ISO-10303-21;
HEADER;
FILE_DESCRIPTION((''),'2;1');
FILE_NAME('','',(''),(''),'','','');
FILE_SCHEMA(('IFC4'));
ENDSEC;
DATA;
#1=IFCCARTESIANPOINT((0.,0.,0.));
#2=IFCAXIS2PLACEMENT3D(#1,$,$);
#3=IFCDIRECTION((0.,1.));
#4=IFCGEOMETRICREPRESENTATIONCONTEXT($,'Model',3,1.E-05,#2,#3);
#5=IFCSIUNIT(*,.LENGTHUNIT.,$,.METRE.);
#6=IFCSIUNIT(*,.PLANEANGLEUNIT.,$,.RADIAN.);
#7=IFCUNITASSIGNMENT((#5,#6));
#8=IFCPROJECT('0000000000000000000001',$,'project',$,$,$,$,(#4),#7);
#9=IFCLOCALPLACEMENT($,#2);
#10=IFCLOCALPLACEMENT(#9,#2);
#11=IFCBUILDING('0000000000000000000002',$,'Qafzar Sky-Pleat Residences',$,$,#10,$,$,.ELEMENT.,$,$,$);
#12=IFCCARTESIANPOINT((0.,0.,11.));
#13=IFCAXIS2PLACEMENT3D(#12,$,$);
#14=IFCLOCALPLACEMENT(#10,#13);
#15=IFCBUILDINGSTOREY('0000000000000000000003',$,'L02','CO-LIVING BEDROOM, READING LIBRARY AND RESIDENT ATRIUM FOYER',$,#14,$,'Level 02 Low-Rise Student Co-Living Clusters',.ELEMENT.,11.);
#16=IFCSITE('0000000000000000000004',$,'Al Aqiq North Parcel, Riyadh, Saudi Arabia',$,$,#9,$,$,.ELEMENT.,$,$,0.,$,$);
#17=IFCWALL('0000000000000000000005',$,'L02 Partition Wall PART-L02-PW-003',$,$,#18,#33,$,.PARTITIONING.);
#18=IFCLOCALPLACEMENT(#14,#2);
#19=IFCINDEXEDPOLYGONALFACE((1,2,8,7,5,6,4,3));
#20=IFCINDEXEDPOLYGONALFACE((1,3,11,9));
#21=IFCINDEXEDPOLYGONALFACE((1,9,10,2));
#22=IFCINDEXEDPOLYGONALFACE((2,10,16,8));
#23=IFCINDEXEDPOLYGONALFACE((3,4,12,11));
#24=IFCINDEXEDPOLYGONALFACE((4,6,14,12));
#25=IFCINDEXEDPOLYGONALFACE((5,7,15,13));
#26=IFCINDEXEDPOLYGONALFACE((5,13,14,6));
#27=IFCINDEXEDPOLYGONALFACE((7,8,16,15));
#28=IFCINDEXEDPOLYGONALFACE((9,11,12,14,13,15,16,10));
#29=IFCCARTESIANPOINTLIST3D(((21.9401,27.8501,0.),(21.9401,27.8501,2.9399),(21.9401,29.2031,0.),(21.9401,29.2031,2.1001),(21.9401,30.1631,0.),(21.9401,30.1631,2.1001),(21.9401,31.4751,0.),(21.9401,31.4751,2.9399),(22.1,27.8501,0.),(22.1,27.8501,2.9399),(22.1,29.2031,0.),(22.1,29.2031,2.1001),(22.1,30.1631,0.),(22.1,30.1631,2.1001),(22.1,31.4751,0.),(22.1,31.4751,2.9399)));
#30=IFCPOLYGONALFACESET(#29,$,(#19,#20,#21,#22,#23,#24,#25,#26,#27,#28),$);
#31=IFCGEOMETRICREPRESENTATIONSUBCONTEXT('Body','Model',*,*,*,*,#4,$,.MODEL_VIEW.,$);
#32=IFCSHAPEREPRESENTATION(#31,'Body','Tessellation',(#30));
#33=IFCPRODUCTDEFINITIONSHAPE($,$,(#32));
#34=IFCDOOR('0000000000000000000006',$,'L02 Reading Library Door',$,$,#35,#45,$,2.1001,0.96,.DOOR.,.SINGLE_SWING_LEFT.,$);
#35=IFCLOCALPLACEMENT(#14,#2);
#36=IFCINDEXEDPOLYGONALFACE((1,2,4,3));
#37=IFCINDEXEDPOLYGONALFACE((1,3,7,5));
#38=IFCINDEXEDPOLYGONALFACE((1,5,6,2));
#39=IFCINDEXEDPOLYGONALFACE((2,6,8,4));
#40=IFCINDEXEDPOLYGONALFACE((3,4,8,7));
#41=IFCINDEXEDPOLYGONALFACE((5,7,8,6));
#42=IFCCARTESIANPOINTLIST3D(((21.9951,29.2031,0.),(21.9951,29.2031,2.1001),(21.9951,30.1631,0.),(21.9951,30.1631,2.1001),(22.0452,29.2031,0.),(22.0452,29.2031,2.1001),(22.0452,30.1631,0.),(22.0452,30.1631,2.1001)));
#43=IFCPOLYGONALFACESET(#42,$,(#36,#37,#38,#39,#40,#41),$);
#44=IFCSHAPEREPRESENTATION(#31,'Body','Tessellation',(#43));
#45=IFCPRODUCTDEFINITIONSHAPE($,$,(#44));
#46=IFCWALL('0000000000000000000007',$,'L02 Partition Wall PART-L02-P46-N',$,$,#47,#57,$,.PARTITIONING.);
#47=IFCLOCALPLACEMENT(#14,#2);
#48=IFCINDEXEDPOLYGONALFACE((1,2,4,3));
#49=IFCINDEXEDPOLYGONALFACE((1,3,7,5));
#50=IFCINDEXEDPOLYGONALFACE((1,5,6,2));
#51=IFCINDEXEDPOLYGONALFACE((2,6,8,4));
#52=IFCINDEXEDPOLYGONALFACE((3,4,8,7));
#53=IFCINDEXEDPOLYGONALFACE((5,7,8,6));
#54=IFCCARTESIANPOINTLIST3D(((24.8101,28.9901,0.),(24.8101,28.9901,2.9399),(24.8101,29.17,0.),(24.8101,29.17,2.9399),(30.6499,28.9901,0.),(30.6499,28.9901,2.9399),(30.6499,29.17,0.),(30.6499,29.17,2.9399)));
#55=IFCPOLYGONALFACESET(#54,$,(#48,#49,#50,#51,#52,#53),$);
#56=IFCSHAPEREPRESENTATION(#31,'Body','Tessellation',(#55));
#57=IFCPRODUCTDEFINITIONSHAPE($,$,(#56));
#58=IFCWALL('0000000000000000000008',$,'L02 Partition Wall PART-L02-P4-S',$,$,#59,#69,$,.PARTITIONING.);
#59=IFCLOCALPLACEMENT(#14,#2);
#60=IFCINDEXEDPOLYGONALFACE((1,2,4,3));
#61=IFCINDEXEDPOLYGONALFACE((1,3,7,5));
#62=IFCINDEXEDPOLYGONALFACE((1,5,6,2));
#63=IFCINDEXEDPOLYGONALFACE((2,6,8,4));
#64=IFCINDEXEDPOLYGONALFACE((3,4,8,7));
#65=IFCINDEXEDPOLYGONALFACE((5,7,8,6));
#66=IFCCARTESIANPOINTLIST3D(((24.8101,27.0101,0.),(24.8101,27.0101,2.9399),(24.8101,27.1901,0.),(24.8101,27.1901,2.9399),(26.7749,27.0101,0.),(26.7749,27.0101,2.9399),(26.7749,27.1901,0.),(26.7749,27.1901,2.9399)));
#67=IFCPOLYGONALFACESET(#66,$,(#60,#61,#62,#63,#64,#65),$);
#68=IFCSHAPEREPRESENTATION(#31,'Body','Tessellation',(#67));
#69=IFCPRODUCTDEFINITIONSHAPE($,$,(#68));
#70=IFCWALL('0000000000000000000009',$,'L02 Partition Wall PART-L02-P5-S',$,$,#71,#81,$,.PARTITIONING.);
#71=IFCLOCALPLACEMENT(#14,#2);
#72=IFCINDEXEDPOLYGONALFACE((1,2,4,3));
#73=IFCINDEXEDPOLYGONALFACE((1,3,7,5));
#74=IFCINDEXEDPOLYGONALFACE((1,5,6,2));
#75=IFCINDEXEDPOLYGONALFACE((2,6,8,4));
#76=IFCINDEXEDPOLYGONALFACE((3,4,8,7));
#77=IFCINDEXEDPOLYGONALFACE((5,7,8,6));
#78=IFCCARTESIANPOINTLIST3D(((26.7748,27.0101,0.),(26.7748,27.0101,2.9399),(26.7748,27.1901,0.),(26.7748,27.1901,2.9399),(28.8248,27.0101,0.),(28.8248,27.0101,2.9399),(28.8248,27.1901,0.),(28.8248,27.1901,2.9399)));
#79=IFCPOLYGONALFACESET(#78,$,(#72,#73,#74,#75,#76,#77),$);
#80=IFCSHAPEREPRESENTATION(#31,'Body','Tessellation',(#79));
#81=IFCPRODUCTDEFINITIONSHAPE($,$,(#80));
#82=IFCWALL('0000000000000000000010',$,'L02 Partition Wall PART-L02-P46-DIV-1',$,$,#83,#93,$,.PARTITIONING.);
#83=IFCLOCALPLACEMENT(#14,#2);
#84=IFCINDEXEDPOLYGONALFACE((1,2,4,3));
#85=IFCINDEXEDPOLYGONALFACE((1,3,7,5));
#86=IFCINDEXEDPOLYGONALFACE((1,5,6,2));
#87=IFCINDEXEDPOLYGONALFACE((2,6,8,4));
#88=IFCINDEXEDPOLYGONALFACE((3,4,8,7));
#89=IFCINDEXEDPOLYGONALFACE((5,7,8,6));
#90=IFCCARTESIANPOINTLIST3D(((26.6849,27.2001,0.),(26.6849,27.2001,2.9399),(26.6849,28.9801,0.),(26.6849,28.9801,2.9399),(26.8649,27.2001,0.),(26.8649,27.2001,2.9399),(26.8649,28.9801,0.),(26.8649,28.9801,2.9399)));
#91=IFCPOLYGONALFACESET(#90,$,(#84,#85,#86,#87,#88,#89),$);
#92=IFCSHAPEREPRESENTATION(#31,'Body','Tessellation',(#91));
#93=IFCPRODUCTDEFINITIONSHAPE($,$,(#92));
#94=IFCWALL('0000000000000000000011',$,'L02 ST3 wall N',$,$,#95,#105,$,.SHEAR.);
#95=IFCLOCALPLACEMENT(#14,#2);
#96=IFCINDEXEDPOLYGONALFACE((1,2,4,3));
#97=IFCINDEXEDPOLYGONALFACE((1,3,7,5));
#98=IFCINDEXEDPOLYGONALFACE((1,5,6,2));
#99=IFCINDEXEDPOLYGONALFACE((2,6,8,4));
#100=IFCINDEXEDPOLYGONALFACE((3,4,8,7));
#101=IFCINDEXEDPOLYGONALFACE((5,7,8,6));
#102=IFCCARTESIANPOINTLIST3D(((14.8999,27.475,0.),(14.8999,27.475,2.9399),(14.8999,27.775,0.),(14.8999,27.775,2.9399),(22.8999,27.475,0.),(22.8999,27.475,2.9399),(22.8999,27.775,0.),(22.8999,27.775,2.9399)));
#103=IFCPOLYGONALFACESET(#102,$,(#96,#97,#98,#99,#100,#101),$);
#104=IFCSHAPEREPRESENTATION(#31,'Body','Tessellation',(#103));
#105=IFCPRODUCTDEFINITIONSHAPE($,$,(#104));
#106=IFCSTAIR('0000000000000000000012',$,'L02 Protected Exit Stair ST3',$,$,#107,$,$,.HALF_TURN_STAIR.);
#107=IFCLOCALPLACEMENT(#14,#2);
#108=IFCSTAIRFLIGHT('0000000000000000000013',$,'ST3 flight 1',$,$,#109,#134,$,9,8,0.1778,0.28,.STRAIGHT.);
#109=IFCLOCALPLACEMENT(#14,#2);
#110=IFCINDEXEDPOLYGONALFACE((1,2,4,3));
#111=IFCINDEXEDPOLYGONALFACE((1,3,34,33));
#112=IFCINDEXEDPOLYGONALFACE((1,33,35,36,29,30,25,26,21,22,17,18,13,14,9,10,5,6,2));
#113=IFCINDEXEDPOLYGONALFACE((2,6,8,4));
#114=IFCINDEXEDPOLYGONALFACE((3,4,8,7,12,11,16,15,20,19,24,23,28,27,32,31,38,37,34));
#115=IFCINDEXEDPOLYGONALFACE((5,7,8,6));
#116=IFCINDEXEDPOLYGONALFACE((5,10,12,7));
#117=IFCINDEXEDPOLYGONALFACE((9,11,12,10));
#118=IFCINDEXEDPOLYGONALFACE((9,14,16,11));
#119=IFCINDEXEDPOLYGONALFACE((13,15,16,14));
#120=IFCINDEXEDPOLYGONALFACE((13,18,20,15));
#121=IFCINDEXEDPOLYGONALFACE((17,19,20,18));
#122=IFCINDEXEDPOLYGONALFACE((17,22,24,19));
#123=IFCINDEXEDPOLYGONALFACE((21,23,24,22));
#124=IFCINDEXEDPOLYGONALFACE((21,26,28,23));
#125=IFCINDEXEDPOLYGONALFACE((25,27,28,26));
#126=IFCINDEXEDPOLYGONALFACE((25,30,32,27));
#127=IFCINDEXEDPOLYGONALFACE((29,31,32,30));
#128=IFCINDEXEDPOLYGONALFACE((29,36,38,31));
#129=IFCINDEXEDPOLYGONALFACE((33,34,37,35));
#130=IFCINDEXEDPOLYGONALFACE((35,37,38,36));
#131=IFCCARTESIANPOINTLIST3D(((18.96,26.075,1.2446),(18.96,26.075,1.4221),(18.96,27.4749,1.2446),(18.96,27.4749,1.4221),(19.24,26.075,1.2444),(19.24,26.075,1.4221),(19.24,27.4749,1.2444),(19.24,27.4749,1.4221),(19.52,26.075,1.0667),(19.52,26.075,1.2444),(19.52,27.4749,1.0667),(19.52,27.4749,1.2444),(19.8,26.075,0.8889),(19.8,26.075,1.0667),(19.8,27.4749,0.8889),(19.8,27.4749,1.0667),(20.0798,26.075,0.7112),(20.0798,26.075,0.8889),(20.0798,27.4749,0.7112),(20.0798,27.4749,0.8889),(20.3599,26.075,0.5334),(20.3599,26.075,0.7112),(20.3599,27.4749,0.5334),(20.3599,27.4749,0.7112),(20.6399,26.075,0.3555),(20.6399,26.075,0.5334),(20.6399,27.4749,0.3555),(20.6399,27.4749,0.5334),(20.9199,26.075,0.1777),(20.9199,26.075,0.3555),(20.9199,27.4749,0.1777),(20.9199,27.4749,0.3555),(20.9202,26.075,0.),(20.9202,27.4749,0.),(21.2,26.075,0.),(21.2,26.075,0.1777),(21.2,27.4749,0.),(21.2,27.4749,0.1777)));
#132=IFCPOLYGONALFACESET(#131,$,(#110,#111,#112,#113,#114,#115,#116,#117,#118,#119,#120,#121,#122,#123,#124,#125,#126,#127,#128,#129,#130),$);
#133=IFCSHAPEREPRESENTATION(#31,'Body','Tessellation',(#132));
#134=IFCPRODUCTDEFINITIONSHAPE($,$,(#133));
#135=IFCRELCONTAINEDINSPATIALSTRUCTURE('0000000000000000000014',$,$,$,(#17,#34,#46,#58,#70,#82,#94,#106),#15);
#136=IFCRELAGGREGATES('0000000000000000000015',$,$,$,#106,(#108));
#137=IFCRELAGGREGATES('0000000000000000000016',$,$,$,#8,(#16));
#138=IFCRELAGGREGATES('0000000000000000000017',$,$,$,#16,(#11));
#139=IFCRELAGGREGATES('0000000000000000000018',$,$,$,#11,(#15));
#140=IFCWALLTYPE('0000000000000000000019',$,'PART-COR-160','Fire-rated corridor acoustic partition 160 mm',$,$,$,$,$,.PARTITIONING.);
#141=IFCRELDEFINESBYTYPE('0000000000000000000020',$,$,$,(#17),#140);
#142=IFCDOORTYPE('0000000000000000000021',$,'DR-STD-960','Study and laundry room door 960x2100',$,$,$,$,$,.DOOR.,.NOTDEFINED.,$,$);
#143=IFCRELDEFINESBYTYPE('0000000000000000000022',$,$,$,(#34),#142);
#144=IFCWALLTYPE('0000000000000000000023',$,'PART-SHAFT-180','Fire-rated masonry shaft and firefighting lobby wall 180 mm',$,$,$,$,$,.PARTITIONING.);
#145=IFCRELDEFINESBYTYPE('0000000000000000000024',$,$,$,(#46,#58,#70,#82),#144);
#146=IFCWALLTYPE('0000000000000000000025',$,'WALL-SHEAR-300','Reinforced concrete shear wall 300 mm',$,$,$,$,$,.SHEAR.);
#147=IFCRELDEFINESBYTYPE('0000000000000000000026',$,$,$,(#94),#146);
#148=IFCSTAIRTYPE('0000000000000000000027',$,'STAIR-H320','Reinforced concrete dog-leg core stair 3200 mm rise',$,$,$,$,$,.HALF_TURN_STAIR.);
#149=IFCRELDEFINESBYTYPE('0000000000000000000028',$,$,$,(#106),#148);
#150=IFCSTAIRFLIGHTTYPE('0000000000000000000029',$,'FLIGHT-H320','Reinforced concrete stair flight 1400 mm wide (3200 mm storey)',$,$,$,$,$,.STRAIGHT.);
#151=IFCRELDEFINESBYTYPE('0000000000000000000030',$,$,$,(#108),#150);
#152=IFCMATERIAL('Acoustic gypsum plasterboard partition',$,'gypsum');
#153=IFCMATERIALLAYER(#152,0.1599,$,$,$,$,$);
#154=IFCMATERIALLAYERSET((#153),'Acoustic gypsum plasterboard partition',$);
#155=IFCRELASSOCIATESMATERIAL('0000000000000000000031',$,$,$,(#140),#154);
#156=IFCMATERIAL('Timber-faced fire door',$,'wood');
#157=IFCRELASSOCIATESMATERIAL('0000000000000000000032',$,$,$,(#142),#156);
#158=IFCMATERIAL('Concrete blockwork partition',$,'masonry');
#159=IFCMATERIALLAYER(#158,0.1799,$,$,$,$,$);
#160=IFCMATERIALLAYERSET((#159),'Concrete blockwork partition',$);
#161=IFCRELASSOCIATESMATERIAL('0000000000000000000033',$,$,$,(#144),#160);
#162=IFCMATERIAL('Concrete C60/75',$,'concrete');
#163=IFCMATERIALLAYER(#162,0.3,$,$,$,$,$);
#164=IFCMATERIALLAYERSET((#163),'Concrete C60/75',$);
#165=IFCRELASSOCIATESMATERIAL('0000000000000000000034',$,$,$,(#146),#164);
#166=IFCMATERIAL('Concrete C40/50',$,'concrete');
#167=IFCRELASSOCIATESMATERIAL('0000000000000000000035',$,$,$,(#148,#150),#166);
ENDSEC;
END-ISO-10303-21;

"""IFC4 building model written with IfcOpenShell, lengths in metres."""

from ifc_helpers import new_model, si_unit, direction, frame, frame_2d, origin, place, context, subcontext, project, spatial, polyline, rectangle, outline, extrude, source, transform, mapped, material, layer, layer_set, type_object, element, fill, aggregate, save


model = new_model("IFC4")

# Units and contexts
model_context = context("Model", 3, precision=1e-05, world=origin(), true_north=direction((0.0, 1.0)))
body_context = subcontext(model_context, "Body", "Model", "MODEL_VIEW")
ifc_project = project(units=[si_unit("LENGTHUNIT", "METRE"), si_unit("PLANEANGLEUNIT", "RADIAN")], contexts=[model_context])

# Site, building, storey
site_placement = place(None, origin())
site = spatial("IfcSite", under=ifc_project, at=site_placement, Name="Al Aqiq North Parcel, Riyadh, Saudi Arabia", CompositionType="ELEMENT", RefElevation=0.0)
building_placement = place(site_placement, origin())
building = spatial("IfcBuilding", under=site, at=building_placement, Name="Qafzar Sky-Pleat Residences", CompositionType="ELEMENT")
storey_placement = place(building_placement, frame((0.0, 0.0, 11.0)))
storey = spatial("IfcBuildingStorey", under=building, at=storey_placement, Name="L02", Description="CO-LIVING BEDROOM, READING LIBRARY AND RESIDENT ATRIUM FOYER", LongName="Level 02 Low-Rise Student Co-Living Clusters", CompositionType="ELEMENT", Elevation=11.0)

# Wall, opening, door
ifc_material_1 = material(Name="Acoustic gypsum plasterboard partition", Category="gypsum")
ifc_layer_1 = layer(ifc_material_1, 0.1599)
ifc_layer_set_1 = layer_set([ifc_layer_1], Name="Acoustic gypsum plasterboard partition")
wall_type_1 = type_object("IfcWallType", Name="PART-COR-160", Description="Fire-rated corridor acoustic partition 160 mm", PredefinedType="PARTITIONING", material=ifc_layer_set_1)
wall_1_placement = place(storey_placement, frame((22.02, 27.8501, 0.0), z_axis=(0.0, 0.0, 1.0), x_axis=(0.0, 1.0, 0.0)))
wall_1 = element("IfcWall", 1, at=wall_1_placement, inside=storey, type_object=wall_type_1, Name="L02 Partition Wall PART-L02-PW-003", PredefinedType="PARTITIONING", context=body_context, shape_type="SweptSolid", body=[
    extrude(rectangle(XDim=3.625, YDim=0.1599, at=frame_2d((1.8125, 0.0))), origin(), (0.0, 0.0, 1.0), 2.9399),
])
opening_placement = place(wall_1_placement, frame((1.353, 0.0, 0.0)))
opening = element("IfcOpeningElement", 2, at=opening_placement, cuts=wall_1, PredefinedType="OPENING", context=body_context, shape_type="SweptSolid", body=[
    extrude(rectangle(XDim=0.96, YDim=2.1001, at=frame_2d((0.48, 1.05))), frame((0.0, 0.0898, 0.0), z_axis=(0.0, -1.0, 0.0), x_axis=(1.0, 0.0, 0.0)), (0.0, 0.0, 1.0), 0.1799),
])
ifc_material_2 = material(Name="Timber-faced fire door", Category="wood")
door_type = type_object("IfcDoorType", Name="DR-STD-960", Description="Study and laundry room door 960x2100", OperationType="NOTDEFINED", PredefinedType="DOOR", material=ifc_material_2)
shared_shape_1 = source(origin(), body_context, "Body", "SweptSolid", [
    extrude(rectangle(XDim=0.96, YDim=2.1001, at=frame_2d((0.48, 1.05))), frame((0.0, 0.0249, 0.0), z_axis=(0.0, -1.0, 0.0), x_axis=(1.0, 0.0, 0.0)), (0.0, 0.0, 1.0), 0.05),
])
door_placement = place(opening_placement, origin())
door = element("IfcDoor", 3, at=door_placement, inside=storey, type_object=door_type, Name="L02 Reading Library Door", OperationType="SINGLE_SWING_LEFT", OverallHeight=2.1001, OverallWidth=0.96, PredefinedType="DOOR", context=body_context, shape_type="MappedRepresentation", body=[
    mapped(shared_shape_1, transform((0.0, 0.0, 0.0), x_axis=(1.0, 0.0, 0.0), y_axis=(0.0, 1.0, 0.0), z_axis=(0.0, 0.0, 1.0), scale=1.0)),
])
fill(opening, door)

# Walls
ifc_material_3 = material(Name="Concrete blockwork partition", Category="masonry")
ifc_layer_2 = layer(ifc_material_3, 0.1799)
ifc_layer_set_2 = layer_set([ifc_layer_2], Name="Concrete blockwork partition")
wall_type_2 = type_object("IfcWallType", Name="PART-SHAFT-180", Description="Fire-rated masonry shaft and firefighting lobby wall 180 mm", PredefinedType="PARTITIONING", material=ifc_layer_set_2)
wall_2_placement = place(storey_placement, frame((24.8101, 29.0801, 0.0), z_axis=(0.0, 0.0, 1.0), x_axis=(1.0, 0.0, 0.0)))
element("IfcWall", 4, at=wall_2_placement, inside=storey, type_object=wall_type_2, Name="L02 Partition Wall PART-L02-P46-N", PredefinedType="PARTITIONING", context=body_context, shape_type="SweptSolid", body=[
    extrude(rectangle(XDim=5.8398, YDim=0.1799, at=frame_2d((2.9199, 0.0))), origin(), (0.0, 0.0, 1.0), 2.9399),
])
wall_3_placement = place(storey_placement, frame((24.8101, 27.1001, 0.0), z_axis=(0.0, 0.0, 1.0), x_axis=(1.0, 0.0, 0.0)))
element("IfcWall", 5, at=wall_3_placement, inside=storey, type_object=wall_type_2, Name="L02 Partition Wall PART-L02-P4-S", PredefinedType="PARTITIONING", context=body_context, shape_type="SweptSolid", body=[
    extrude(rectangle(XDim=1.9648, YDim=0.1799, at=frame_2d((0.9824, 0.0))), origin(), (0.0, 0.0, 1.0), 2.9399),
])
wall_4_placement = place(storey_placement, frame((26.7749, 27.1001, 0.0), z_axis=(0.0, 0.0, 1.0), x_axis=(1.0, 0.0, 0.0)))
element("IfcWall", 6, at=wall_4_placement, inside=storey, type_object=wall_type_2, Name="L02 Partition Wall PART-L02-P5-S", PredefinedType="PARTITIONING", context=body_context, shape_type="SweptSolid", body=[
    extrude(rectangle(XDim=2.05, YDim=0.1799, at=frame_2d((1.0249, 0.0))), origin(), (0.0, 0.0, 1.0), 2.9399),
])
wall_5_placement = place(storey_placement, frame((26.7749, 27.2, 0.0), z_axis=(0.0, 0.0, 1.0), x_axis=(0.0, 1.0, 0.0)))
element("IfcWall", 7, at=wall_5_placement, inside=storey, type_object=wall_type_2, Name="L02 Partition Wall PART-L02-P46-DIV-1", PredefinedType="PARTITIONING", context=body_context, shape_type="SweptSolid", body=[
    extrude(rectangle(XDim=1.78, YDim=0.1799, at=frame_2d((0.8901, 0.0))), origin(), (0.0, 0.0, 1.0), 2.9399),
])
ifc_material_4 = material(Name="Concrete C60/75", Category="concrete")
ifc_layer_3 = layer(ifc_material_4, 0.3)
ifc_layer_set_3 = layer_set([ifc_layer_3], Name="Concrete C60/75")
wall_type_3 = type_object("IfcWallType", Name="WALL-SHEAR-300", Description="Reinforced concrete shear wall 300 mm", PredefinedType="SHEAR", material=ifc_layer_set_3)
wall_6_placement = place(storey_placement, frame((22.8999, 27.625, 0.0), z_axis=(0.0, 0.0, 1.0), x_axis=(-1.0, 0.0, 0.0)))
element("IfcWall", 8, at=wall_6_placement, inside=storey, type_object=wall_type_3, Name="L02 ST3 wall N", PredefinedType="SHEAR", context=body_context, shape_type="SweptSolid", body=[
    extrude(rectangle(XDim=8.0, YDim=0.3, at=frame_2d((4.0, 0.0))), origin(), (0.0, 0.0, 1.0), 2.9399),
])

# Stair, stair flight
ifc_material_5 = material(Name="Concrete C40/50", Category="concrete")
stair_type = type_object("IfcStairType", Name="STAIR-H320", Description="Reinforced concrete dog-leg core stair 3200 mm rise", PredefinedType="HALF_TURN_STAIR", material=ifc_material_5)
stair_placement = place(storey_placement, origin())
stair = element("IfcStair", 9, at=stair_placement, inside=storey, type_object=stair_type, Name="L02 Protected Exit Stair ST3", PredefinedType="HALF_TURN_STAIR")
stair_flight_type = type_object("IfcStairFlightType", Name="FLIGHT-H320", Description="Reinforced concrete stair flight 1400 mm wide (3200 mm storey)", PredefinedType="STRAIGHT", material=ifc_material_5)
shared_shape_2 = source(origin(), body_context, "Body", "SweptSolid", [
    extrude(outline(polyline([(0.0, 0.0), (0.0, 0.1777), (0.28, 0.1777), (0.28, 0.3555), (0.5601, 0.3555), (0.5601, 0.5334), (0.8401, 0.5334), (0.8401, 0.7112), (1.1201, 0.7112), (1.1201, 0.8889), (1.3999, 0.8889), (1.3999, 1.0667), (1.6799, 1.0667), (1.6799, 1.2444), (1.96, 1.2444), (1.96, 1.4221), (2.24, 1.4221), (2.24, 1.6001), (2.24, 1.2446), (0.2798, 0.0), (0.0, 0.0)])), frame((0.0, 0.7, 0.0), z_axis=(0.0, -1.0, 0.0), x_axis=(1.0, 0.0, 0.0)), (0.0, 0.0, 1.0), 1.3999),
])
stair_flight_placement = place(storey_placement, frame((21.2, 26.7749, 0.0), z_axis=(0.0, 0.0, 1.0), x_axis=(-1.0, 0.0, 0.0)))
stair_flight = element("IfcStairFlight", 10, at=stair_flight_placement, type_object=stair_flight_type, Name="ST3 flight 1", NumberOfRisers=9, NumberOfTreads=8, PredefinedType="STRAIGHT", RiserHeight=0.1778, TreadLength=0.28, context=body_context, shape_type="MappedRepresentation", body=[
    mapped(shared_shape_2, transform((0.0, 0.0, 0.0), x_axis=(1.0, 0.0, 0.0), y_axis=(0.0, 1.0, 0.0), z_axis=(0.0, 0.0, 1.0), scale=1.0)),
])
aggregate(stair, [stair_flight])

save(model, "model.ifc")
